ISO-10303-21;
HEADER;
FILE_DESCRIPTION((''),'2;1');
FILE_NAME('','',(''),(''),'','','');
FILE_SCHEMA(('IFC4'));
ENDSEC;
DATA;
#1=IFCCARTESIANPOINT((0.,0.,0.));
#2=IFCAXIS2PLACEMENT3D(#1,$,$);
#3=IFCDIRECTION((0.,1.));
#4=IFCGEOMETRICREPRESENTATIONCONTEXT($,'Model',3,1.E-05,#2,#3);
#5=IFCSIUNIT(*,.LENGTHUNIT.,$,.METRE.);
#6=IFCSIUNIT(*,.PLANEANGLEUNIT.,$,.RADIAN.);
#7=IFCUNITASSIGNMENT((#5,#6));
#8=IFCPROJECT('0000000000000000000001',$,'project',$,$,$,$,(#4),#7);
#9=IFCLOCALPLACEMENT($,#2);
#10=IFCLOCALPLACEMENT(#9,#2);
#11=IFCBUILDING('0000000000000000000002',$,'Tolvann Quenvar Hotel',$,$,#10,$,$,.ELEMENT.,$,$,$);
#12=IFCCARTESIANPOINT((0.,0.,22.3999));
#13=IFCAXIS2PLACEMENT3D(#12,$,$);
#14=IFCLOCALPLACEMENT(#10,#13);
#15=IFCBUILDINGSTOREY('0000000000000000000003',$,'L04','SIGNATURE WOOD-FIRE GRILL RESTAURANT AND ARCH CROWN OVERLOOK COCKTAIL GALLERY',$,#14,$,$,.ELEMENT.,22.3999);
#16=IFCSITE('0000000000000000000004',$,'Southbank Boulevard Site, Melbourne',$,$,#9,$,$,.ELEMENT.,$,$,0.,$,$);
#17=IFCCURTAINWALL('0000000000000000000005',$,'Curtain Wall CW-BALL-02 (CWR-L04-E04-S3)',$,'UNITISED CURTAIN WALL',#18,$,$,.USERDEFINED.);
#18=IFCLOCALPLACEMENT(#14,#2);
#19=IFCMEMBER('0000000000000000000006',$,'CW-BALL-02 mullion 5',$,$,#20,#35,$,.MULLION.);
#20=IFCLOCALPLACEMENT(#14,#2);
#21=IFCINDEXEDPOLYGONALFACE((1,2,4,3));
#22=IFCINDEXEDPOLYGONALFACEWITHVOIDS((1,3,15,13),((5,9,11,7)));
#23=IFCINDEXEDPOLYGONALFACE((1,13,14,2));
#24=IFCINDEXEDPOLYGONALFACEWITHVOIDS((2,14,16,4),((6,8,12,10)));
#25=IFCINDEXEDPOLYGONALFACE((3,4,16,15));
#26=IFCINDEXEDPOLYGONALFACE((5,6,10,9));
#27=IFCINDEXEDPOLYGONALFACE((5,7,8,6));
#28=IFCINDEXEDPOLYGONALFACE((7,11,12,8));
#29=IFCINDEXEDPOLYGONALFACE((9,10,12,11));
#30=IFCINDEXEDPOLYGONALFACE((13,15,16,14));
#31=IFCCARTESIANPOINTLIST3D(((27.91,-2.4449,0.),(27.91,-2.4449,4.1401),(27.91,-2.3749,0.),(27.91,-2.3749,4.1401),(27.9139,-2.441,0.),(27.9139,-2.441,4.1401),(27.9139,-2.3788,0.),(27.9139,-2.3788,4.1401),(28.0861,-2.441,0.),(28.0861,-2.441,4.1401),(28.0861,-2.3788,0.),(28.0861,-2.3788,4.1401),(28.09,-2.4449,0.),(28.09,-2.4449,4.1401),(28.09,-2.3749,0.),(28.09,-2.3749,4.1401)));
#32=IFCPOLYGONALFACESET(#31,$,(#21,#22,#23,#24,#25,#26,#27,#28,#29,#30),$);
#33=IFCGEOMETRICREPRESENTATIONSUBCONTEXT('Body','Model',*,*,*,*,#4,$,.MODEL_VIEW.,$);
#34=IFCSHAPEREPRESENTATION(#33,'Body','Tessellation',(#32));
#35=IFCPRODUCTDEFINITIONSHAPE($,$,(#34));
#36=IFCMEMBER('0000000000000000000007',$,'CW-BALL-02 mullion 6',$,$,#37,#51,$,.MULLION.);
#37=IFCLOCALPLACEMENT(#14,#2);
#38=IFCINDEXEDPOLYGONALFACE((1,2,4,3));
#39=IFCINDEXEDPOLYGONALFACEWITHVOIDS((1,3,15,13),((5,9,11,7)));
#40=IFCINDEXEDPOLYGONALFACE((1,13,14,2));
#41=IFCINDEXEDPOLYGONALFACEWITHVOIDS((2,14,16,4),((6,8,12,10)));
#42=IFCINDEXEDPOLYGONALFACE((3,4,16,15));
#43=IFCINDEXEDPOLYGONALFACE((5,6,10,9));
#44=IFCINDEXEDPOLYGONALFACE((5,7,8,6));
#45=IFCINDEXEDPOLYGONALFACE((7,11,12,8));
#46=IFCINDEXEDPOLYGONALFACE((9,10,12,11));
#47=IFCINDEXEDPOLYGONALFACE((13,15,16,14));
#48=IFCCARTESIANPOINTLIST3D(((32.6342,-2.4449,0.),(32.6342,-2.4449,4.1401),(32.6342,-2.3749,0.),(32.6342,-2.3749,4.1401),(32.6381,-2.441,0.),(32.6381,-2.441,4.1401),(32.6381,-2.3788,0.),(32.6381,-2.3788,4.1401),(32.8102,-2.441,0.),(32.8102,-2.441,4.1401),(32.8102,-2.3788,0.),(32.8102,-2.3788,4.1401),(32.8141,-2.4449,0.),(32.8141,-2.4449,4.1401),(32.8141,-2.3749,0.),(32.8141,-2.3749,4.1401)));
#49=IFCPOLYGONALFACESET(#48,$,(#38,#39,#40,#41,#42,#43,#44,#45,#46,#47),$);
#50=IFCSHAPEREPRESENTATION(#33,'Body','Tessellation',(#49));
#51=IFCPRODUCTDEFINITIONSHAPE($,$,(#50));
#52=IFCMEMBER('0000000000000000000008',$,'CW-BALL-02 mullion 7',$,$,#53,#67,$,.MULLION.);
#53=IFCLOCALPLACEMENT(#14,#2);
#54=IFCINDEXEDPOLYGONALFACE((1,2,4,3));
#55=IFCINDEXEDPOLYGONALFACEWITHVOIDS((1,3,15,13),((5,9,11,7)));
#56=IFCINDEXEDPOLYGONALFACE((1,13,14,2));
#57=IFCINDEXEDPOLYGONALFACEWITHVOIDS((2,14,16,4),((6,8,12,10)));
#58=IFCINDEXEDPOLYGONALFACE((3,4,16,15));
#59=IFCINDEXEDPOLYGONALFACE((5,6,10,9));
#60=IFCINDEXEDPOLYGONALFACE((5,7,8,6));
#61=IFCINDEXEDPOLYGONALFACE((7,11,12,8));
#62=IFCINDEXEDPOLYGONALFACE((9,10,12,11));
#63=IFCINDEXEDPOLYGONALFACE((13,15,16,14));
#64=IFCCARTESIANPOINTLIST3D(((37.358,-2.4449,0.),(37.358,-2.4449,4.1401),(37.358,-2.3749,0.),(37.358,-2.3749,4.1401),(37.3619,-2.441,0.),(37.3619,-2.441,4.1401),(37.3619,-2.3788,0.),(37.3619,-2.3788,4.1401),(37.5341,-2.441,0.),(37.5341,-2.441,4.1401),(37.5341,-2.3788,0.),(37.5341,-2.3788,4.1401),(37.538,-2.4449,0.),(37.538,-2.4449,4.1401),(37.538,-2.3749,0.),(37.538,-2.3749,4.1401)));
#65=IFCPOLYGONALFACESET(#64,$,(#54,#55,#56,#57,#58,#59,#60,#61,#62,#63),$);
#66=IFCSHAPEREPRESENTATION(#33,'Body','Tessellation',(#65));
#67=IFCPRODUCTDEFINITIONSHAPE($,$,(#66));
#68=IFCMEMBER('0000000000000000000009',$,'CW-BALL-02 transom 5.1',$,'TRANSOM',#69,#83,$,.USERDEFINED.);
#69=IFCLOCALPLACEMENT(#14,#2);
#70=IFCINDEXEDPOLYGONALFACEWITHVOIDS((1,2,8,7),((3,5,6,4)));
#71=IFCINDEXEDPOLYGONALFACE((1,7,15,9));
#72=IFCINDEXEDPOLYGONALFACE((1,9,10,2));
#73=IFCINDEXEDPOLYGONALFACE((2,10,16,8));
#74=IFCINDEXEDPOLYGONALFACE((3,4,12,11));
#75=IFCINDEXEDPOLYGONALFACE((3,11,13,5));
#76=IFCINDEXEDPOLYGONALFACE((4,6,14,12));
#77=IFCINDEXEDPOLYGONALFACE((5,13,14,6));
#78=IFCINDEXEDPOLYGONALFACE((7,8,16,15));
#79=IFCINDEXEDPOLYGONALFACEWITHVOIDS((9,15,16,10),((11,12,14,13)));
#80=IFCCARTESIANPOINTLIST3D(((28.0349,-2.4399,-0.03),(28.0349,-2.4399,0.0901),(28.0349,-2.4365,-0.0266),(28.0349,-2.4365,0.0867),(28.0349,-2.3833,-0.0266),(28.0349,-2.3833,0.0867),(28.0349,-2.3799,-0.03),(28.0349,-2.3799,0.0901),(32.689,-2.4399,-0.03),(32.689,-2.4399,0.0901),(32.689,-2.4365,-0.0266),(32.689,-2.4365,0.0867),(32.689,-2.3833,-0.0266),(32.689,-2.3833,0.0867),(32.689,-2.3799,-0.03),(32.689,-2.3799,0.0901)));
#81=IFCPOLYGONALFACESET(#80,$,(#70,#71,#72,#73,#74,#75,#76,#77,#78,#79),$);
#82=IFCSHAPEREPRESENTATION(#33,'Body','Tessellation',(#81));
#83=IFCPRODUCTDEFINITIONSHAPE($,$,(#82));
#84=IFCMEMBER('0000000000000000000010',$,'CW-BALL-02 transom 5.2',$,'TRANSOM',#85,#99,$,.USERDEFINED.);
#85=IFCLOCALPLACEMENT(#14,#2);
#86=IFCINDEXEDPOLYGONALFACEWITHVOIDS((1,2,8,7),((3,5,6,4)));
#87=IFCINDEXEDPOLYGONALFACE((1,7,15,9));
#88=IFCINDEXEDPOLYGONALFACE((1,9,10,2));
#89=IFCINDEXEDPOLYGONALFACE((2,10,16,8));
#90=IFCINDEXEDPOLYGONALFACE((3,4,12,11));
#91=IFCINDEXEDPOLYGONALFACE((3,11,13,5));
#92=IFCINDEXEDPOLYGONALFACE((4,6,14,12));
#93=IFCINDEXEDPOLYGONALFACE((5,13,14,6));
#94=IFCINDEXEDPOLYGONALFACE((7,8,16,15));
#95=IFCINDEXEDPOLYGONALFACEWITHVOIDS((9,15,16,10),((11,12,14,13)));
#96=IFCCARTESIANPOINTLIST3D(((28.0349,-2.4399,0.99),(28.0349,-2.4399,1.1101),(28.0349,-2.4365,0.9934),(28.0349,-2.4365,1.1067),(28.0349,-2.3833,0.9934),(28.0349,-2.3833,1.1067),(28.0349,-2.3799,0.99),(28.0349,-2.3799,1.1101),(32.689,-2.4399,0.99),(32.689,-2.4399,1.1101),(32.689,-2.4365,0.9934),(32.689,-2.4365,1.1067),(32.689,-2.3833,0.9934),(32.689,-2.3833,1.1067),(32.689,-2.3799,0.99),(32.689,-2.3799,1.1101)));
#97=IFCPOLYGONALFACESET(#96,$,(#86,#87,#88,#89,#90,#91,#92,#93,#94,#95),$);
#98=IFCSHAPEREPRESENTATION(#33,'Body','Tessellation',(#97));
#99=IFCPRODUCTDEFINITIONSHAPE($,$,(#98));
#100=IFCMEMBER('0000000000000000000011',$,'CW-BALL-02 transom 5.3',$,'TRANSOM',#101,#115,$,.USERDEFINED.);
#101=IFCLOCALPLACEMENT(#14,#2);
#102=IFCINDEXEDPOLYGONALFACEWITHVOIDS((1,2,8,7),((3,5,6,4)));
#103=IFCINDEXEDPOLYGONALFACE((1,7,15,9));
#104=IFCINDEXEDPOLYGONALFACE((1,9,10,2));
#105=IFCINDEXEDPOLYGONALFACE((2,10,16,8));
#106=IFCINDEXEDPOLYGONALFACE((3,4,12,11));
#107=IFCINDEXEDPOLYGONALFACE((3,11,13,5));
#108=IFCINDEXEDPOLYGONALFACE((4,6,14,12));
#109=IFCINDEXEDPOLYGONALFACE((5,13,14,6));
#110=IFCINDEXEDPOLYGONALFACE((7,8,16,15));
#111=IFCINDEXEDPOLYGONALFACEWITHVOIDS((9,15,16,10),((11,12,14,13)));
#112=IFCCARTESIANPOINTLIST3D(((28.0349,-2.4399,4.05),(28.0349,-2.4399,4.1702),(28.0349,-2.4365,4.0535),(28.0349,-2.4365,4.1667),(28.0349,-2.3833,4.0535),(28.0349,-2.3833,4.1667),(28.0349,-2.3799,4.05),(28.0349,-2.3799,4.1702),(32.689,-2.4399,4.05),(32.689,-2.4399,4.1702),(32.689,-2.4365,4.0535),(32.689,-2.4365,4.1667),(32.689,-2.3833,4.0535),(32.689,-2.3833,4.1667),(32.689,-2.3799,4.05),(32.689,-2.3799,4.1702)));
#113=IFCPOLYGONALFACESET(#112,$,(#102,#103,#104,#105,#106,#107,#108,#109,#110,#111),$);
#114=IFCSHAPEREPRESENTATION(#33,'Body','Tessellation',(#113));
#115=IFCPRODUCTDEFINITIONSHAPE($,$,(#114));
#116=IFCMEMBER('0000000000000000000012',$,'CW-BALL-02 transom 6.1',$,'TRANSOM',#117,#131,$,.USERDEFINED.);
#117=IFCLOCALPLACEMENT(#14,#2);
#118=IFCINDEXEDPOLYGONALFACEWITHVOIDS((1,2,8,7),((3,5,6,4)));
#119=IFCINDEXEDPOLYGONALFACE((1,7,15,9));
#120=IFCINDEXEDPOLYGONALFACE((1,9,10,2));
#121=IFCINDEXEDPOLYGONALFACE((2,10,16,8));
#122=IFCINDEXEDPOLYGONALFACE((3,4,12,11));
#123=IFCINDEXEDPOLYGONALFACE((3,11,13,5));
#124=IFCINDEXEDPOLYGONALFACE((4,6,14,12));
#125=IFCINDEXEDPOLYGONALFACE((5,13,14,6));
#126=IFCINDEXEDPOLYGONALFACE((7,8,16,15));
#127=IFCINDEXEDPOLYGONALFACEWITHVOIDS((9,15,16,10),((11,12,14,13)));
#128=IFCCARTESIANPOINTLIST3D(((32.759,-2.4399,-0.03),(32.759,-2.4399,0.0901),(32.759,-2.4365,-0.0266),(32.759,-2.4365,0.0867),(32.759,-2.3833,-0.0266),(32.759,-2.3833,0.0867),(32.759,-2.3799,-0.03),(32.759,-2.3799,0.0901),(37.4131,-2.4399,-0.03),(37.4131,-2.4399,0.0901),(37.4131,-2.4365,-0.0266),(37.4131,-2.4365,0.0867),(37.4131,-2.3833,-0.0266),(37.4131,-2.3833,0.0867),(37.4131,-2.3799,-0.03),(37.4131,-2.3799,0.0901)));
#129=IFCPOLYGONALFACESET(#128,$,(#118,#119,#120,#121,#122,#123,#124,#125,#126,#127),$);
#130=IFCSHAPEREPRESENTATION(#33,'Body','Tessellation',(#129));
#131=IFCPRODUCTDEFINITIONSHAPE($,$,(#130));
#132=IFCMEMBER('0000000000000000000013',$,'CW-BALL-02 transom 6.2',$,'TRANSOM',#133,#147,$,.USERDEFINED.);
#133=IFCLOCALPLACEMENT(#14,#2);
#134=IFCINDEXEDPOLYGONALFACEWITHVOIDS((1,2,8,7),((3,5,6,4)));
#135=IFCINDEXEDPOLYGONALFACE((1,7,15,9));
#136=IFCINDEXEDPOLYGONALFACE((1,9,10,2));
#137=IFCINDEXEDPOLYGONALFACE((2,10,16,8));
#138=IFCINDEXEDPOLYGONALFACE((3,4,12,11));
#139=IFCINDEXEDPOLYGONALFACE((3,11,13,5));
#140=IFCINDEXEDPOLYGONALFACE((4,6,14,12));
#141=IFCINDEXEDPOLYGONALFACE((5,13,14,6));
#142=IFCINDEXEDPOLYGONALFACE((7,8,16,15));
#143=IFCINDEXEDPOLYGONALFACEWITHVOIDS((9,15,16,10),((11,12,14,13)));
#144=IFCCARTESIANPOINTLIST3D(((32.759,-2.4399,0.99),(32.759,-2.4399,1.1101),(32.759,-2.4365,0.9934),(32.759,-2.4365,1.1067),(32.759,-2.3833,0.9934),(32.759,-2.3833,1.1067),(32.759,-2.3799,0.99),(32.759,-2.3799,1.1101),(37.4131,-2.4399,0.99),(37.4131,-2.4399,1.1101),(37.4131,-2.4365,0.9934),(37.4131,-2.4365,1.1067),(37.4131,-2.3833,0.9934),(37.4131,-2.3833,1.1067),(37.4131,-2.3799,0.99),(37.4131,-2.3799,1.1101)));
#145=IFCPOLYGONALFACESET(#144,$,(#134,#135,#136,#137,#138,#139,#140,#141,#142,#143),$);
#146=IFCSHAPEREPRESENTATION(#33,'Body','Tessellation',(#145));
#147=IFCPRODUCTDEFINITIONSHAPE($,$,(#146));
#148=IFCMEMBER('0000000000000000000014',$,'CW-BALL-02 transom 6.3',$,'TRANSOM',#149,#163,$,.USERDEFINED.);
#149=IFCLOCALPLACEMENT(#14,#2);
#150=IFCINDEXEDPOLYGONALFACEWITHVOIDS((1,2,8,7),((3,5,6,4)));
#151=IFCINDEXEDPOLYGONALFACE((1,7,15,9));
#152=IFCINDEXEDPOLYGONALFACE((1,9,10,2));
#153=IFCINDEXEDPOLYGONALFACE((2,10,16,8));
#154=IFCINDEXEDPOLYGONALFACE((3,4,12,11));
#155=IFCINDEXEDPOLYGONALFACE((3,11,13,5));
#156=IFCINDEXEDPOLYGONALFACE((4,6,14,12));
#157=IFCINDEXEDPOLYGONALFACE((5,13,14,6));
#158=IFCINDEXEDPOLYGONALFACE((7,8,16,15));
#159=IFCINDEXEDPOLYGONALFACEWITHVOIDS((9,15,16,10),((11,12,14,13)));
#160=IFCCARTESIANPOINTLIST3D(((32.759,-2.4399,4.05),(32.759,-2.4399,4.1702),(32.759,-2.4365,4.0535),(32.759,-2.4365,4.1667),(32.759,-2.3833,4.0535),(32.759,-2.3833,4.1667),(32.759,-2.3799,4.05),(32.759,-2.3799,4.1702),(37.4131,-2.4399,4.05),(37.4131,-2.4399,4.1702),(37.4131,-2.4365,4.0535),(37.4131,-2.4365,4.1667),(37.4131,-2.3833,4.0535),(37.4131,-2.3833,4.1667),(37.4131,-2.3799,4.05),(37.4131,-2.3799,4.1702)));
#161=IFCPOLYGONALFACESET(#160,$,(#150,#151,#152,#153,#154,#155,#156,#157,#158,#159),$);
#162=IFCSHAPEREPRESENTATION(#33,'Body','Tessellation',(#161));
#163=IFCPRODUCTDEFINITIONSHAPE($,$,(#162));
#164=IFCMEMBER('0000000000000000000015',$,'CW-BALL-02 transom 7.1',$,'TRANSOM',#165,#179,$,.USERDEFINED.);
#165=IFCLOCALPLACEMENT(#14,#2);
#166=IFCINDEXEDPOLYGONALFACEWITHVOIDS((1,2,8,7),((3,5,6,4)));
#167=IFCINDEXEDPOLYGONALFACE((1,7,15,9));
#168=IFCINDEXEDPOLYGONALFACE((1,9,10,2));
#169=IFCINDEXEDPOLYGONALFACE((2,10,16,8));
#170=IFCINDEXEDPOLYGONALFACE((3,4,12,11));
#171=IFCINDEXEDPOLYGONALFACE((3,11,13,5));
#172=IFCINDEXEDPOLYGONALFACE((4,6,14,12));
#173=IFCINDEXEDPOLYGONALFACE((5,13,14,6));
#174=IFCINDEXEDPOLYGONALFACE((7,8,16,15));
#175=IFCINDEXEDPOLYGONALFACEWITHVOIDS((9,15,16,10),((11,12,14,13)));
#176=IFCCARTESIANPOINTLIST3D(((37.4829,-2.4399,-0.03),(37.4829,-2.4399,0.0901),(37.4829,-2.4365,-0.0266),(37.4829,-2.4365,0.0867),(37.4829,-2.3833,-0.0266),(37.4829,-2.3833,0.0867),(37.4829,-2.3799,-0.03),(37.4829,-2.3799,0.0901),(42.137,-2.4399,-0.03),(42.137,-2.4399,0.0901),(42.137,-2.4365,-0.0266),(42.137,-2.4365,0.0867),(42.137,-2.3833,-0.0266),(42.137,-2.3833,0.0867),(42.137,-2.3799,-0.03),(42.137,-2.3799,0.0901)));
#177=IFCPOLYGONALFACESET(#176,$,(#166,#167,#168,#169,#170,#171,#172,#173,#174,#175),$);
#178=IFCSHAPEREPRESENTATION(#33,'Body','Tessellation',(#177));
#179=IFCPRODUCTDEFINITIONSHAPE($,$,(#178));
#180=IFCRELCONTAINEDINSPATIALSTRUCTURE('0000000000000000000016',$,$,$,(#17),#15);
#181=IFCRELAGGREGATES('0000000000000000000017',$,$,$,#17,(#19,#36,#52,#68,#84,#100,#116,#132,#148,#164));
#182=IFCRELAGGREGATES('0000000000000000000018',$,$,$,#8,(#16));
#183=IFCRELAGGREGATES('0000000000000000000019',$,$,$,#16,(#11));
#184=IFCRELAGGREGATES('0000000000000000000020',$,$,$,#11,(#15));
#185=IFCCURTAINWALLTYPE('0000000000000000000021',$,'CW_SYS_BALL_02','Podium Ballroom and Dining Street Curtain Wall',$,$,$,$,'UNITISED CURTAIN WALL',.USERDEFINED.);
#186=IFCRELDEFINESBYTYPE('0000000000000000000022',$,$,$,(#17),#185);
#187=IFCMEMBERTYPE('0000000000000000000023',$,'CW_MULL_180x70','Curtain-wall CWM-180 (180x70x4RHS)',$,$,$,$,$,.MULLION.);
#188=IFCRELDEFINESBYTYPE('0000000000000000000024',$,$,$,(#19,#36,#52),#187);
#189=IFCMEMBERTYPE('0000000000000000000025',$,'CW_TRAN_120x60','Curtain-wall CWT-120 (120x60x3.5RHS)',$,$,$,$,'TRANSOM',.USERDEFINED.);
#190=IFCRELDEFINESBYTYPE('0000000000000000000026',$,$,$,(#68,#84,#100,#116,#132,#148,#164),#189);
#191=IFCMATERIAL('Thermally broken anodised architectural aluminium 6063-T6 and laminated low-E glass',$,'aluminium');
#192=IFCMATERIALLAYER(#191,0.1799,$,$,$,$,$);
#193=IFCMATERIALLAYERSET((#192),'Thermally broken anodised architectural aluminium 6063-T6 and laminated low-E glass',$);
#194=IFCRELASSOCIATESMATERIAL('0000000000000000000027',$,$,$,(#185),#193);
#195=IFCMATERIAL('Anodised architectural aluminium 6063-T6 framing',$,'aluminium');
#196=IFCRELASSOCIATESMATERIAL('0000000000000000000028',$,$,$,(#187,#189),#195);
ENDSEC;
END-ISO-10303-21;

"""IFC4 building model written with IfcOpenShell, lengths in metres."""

from ifc_helpers import new_model, si_unit, direction, frame, origin, origin_2d, place, context, subcontext, project, spatial, hollow_rectangle, extrude, source, transform, mapped, material, layer, layer_set, material_profile, profile_set, type_object, type_shapes, element, aggregate, save


model = new_model("IFC4")

# Units and contexts
model_context = context("Model", 3, precision=1e-05, world=origin(), true_north=direction((0.0, 1.0)))
body_context = subcontext(model_context, "Body", "Model", "MODEL_VIEW")
ifc_project = project(units=[si_unit("LENGTHUNIT", "METRE"), si_unit("PLANEANGLEUNIT", "RADIAN")], contexts=[model_context])

# Site, building, storey
site_placement = place(None, origin())
site = spatial("IfcSite", under=ifc_project, at=site_placement, Name="Southbank Boulevard Site, Melbourne", CompositionType="ELEMENT", RefElevation=0.0)
building_placement = place(site_placement, origin())
building = spatial("IfcBuilding", under=site, at=building_placement, Name="Tolvann Quenvar Hotel", CompositionType="ELEMENT")
storey_placement = place(building_placement, frame((0.0, 0.0, 22.3999)))
storey = spatial("IfcBuildingStorey", under=building, at=storey_placement, Name="L04", Description="SIGNATURE WOOD-FIRE GRILL RESTAURANT AND ARCH CROWN OVERLOOK COCKTAIL GALLERY", CompositionType="ELEMENT", Elevation=22.3999)

# Curtain wall, members
ifc_material_1 = material(Name="Thermally broken anodised architectural aluminium 6063-T6 and laminated low-E glass", Category="aluminium")
ifc_layer_1 = layer(ifc_material_1, 0.1799)
ifc_layer_set_1 = layer_set([ifc_layer_1], Name="Thermally broken anodised architectural aluminium 6063-T6 and laminated low-E glass")
curtain_wall_type = type_object("IfcCurtainWallType", Name="CW_SYS_BALL_02", Description="Podium Ballroom and Dining Street Curtain Wall", ElementType="UNITISED CURTAIN WALL", PredefinedType="USERDEFINED", material=ifc_layer_set_1)
curtain_wall_placement = place(storey_placement, origin())
curtain_wall = element("IfcCurtainWall", 1, at=curtain_wall_placement, inside=storey, type_object=curtain_wall_type, Name="Curtain Wall CW-BALL-02 (CWR-L04-E04-S3)", ObjectType="UNITISED CURTAIN WALL", PredefinedType="USERDEFINED")
ifc_material_2 = material(Name="Anodised architectural aluminium 6063-T6 framing", Category="aluminium")
ifc_material_profile_1 = material_profile(ifc_material_2, hollow_rectangle(XDim=0.0701, YDim=0.1799, WallThickness=0.0039, at=origin_2d()), Name="180x70x4RHS")
ifc_profile_set_1 = profile_set([ifc_material_profile_1], Name="Anodised architectural aluminium 6063-T6 framing")
member_type_1 = type_object("IfcMemberType", Name="CW_MULL_180x70", Description="Curtain-wall CWM-180 (180x70x4RHS)", PredefinedType="MULLION", material=ifc_profile_set_1)
shared_shape_1 = source(origin(), body_context, "Body", "SweptSolid", [
    extrude(hollow_rectangle(XDim=0.0701, YDim=0.1799, WallThickness=0.0039, at=origin_2d()), origin(), (0.0, 0.0, 1.0), 4.1401),
])
type_shapes(member_type_1, [shared_shape_1])
member_1_placement = place(storey_placement, frame((28.0, -2.4099, 0.0), z_axis=(0.0, 0.0, 1.0), x_axis=(0.0, 1.0, 0.0)))
member_1 = element("IfcMember", 2, at=member_1_placement, type_object=member_type_1, Name="CW-BALL-02 mullion 5", PredefinedType="MULLION", context=body_context, shape_type="MappedRepresentation", body=[
    mapped(shared_shape_1, transform((0.0, 0.0, 0.0), x_axis=(1.0, 0.0, 0.0), y_axis=(0.0, 1.0, 0.0), z_axis=(0.0, 0.0, 1.0), scale=1.0)),
])
member_2_placement = place(storey_placement, frame((32.7241, -2.4099, 0.0), z_axis=(0.0, 0.0, 1.0), x_axis=(0.0, 1.0, 0.0)))
member_2 = element("IfcMember", 3, at=member_2_placement, type_object=member_type_1, Name="CW-BALL-02 mullion 6", PredefinedType="MULLION", context=body_context, shape_type="MappedRepresentation", body=[
    mapped(shared_shape_1, transform((0.0, 0.0, 0.0), x_axis=(1.0, 0.0, 0.0), y_axis=(0.0, 1.0, 0.0), z_axis=(0.0, 0.0, 1.0), scale=1.0)),
])
member_3_placement = place(storey_placement, frame((37.448, -2.4099, 0.0), z_axis=(0.0, 0.0, 1.0), x_axis=(0.0, 1.0, 0.0)))
member_3 = element("IfcMember", 4, at=member_3_placement, type_object=member_type_1, Name="CW-BALL-02 mullion 7", PredefinedType="MULLION", context=body_context, shape_type="MappedRepresentation", body=[
    mapped(shared_shape_1, transform((0.0, 0.0, 0.0), x_axis=(1.0, 0.0, 0.0), y_axis=(0.0, 1.0, 0.0), z_axis=(0.0, 0.0, 1.0), scale=1.0)),
])
ifc_material_profile_2 = material_profile(ifc_material_2, hollow_rectangle(XDim=0.0601, YDim=0.1201, WallThickness=0.0034, at=origin_2d()), Name="120x60x3.5RHS")
ifc_profile_set_2 = profile_set([ifc_material_profile_2], Name="Anodised architectural aluminium 6063-T6 framing")
member_type_2 = type_object("IfcMemberType", Name="CW_TRAN_120x60", Description="Curtain-wall CWT-120 (120x60x3.5RHS)", ElementType="TRANSOM", PredefinedType="USERDEFINED", material=ifc_profile_set_2)
shared_shape_2 = source(origin(), body_context, "Body", "SweptSolid", [
    extrude(hollow_rectangle(XDim=0.0601, YDim=0.1201, WallThickness=0.0034, at=origin_2d()), origin(), (0.0, 0.0, 1.0), 4.6541),
])
type_shapes(member_type_2, [shared_shape_2])
member_4_placement = place(storey_placement, frame((28.0349, -2.4099, 0.03), z_axis=(1.0, 0.0, 0.0), x_axis=(0.0, 1.0, 0.0)))
member_4 = element("IfcMember", 5, at=member_4_placement, type_object=member_type_2, Name="CW-BALL-02 transom 5.1", ObjectType="TRANSOM", PredefinedType="USERDEFINED", context=body_context, shape_type="MappedRepresentation", body=[
    mapped(shared_shape_2, transform((0.0, 0.0, 0.0), x_axis=(1.0, 0.0, 0.0), y_axis=(0.0, 1.0, 0.0), z_axis=(0.0, 0.0, 1.0), scale=1.0)),
])
member_5_placement = place(storey_placement, frame((28.0349, -2.4099, 1.05), z_axis=(1.0, 0.0, 0.0), x_axis=(0.0, 1.0, 0.0)))
member_5 = element("IfcMember", 6, at=member_5_placement, type_object=member_type_2, Name="CW-BALL-02 transom 5.2", ObjectType="TRANSOM", PredefinedType="USERDEFINED", context=body_context, shape_type="MappedRepresentation", body=[
    mapped(shared_shape_2, transform((0.0, 0.0, 0.0), x_axis=(1.0, 0.0, 0.0), y_axis=(0.0, 1.0, 0.0), z_axis=(0.0, 0.0, 1.0), scale=1.0)),
])
member_6_placement = place(storey_placement, frame((28.0349, -2.4099, 4.1101), z_axis=(1.0, 0.0, 0.0), x_axis=(0.0, 1.0, 0.0)))
member_6 = element("IfcMember", 7, at=member_6_placement, type_object=member_type_2, Name="CW-BALL-02 transom 5.3", ObjectType="TRANSOM", PredefinedType="USERDEFINED", context=body_context, shape_type="MappedRepresentation", body=[
    mapped(shared_shape_2, transform((0.0, 0.0, 0.0), x_axis=(1.0, 0.0, 0.0), y_axis=(0.0, 1.0, 0.0), z_axis=(0.0, 0.0, 1.0), scale=1.0)),
])
member_7_placement = place(storey_placement, frame((32.759, -2.4099, 0.03), z_axis=(1.0, 0.0, 0.0), x_axis=(0.0, 1.0, 0.0)))
member_7 = element("IfcMember", 8, at=member_7_placement, type_object=member_type_2, Name="CW-BALL-02 transom 6.1", ObjectType="TRANSOM", PredefinedType="USERDEFINED", context=body_context, shape_type="MappedRepresentation", body=[
    mapped(shared_shape_2, transform((0.0, 0.0, 0.0), x_axis=(1.0, 0.0, 0.0), y_axis=(0.0, 1.0, 0.0), z_axis=(0.0, 0.0, 1.0), scale=1.0)),
])
member_8_placement = place(storey_placement, frame((32.759, -2.4099, 1.05), z_axis=(1.0, 0.0, 0.0), x_axis=(0.0, 1.0, 0.0)))
member_8 = element("IfcMember", 9, at=member_8_placement, type_object=member_type_2, Name="CW-BALL-02 transom 6.2", ObjectType="TRANSOM", PredefinedType="USERDEFINED", context=body_context, shape_type="MappedRepresentation", body=[
    mapped(shared_shape_2, transform((0.0, 0.0, 0.0), x_axis=(1.0, 0.0, 0.0), y_axis=(0.0, 1.0, 0.0), z_axis=(0.0, 0.0, 1.0), scale=1.0)),
])
member_9_placement = place(storey_placement, frame((32.759, -2.4099, 4.1101), z_axis=(1.0, 0.0, 0.0), x_axis=(0.0, 1.0, 0.0)))
member_9 = element("IfcMember", 10, at=member_9_placement, type_object=member_type_2, Name="CW-BALL-02 transom 6.3", ObjectType="TRANSOM", PredefinedType="USERDEFINED", context=body_context, shape_type="MappedRepresentation", body=[
    mapped(shared_shape_2, transform((0.0, 0.0, 0.0), x_axis=(1.0, 0.0, 0.0), y_axis=(0.0, 1.0, 0.0), z_axis=(0.0, 0.0, 1.0), scale=1.0)),
])
member_10_placement = place(storey_placement, frame((37.4829, -2.4099, 0.03), z_axis=(1.0, 0.0, 0.0), x_axis=(0.0, 1.0, 0.0)))
member_10 = element("IfcMember", 11, at=member_10_placement, type_object=member_type_2, Name="CW-BALL-02 transom 7.1", ObjectType="TRANSOM", PredefinedType="USERDEFINED", context=body_context, shape_type="MappedRepresentation", body=[
    mapped(shared_shape_2, transform((0.0, 0.0, 0.0), x_axis=(1.0, 0.0, 0.0), y_axis=(0.0, 1.0, 0.0), z_axis=(0.0, 0.0, 1.0), scale=1.0)),
])
aggregate(curtain_wall, [member_1, member_2, member_3, member_4, member_5, member_6, member_7, member_8, member_9, member_10])

save(model, "model.ifc")
